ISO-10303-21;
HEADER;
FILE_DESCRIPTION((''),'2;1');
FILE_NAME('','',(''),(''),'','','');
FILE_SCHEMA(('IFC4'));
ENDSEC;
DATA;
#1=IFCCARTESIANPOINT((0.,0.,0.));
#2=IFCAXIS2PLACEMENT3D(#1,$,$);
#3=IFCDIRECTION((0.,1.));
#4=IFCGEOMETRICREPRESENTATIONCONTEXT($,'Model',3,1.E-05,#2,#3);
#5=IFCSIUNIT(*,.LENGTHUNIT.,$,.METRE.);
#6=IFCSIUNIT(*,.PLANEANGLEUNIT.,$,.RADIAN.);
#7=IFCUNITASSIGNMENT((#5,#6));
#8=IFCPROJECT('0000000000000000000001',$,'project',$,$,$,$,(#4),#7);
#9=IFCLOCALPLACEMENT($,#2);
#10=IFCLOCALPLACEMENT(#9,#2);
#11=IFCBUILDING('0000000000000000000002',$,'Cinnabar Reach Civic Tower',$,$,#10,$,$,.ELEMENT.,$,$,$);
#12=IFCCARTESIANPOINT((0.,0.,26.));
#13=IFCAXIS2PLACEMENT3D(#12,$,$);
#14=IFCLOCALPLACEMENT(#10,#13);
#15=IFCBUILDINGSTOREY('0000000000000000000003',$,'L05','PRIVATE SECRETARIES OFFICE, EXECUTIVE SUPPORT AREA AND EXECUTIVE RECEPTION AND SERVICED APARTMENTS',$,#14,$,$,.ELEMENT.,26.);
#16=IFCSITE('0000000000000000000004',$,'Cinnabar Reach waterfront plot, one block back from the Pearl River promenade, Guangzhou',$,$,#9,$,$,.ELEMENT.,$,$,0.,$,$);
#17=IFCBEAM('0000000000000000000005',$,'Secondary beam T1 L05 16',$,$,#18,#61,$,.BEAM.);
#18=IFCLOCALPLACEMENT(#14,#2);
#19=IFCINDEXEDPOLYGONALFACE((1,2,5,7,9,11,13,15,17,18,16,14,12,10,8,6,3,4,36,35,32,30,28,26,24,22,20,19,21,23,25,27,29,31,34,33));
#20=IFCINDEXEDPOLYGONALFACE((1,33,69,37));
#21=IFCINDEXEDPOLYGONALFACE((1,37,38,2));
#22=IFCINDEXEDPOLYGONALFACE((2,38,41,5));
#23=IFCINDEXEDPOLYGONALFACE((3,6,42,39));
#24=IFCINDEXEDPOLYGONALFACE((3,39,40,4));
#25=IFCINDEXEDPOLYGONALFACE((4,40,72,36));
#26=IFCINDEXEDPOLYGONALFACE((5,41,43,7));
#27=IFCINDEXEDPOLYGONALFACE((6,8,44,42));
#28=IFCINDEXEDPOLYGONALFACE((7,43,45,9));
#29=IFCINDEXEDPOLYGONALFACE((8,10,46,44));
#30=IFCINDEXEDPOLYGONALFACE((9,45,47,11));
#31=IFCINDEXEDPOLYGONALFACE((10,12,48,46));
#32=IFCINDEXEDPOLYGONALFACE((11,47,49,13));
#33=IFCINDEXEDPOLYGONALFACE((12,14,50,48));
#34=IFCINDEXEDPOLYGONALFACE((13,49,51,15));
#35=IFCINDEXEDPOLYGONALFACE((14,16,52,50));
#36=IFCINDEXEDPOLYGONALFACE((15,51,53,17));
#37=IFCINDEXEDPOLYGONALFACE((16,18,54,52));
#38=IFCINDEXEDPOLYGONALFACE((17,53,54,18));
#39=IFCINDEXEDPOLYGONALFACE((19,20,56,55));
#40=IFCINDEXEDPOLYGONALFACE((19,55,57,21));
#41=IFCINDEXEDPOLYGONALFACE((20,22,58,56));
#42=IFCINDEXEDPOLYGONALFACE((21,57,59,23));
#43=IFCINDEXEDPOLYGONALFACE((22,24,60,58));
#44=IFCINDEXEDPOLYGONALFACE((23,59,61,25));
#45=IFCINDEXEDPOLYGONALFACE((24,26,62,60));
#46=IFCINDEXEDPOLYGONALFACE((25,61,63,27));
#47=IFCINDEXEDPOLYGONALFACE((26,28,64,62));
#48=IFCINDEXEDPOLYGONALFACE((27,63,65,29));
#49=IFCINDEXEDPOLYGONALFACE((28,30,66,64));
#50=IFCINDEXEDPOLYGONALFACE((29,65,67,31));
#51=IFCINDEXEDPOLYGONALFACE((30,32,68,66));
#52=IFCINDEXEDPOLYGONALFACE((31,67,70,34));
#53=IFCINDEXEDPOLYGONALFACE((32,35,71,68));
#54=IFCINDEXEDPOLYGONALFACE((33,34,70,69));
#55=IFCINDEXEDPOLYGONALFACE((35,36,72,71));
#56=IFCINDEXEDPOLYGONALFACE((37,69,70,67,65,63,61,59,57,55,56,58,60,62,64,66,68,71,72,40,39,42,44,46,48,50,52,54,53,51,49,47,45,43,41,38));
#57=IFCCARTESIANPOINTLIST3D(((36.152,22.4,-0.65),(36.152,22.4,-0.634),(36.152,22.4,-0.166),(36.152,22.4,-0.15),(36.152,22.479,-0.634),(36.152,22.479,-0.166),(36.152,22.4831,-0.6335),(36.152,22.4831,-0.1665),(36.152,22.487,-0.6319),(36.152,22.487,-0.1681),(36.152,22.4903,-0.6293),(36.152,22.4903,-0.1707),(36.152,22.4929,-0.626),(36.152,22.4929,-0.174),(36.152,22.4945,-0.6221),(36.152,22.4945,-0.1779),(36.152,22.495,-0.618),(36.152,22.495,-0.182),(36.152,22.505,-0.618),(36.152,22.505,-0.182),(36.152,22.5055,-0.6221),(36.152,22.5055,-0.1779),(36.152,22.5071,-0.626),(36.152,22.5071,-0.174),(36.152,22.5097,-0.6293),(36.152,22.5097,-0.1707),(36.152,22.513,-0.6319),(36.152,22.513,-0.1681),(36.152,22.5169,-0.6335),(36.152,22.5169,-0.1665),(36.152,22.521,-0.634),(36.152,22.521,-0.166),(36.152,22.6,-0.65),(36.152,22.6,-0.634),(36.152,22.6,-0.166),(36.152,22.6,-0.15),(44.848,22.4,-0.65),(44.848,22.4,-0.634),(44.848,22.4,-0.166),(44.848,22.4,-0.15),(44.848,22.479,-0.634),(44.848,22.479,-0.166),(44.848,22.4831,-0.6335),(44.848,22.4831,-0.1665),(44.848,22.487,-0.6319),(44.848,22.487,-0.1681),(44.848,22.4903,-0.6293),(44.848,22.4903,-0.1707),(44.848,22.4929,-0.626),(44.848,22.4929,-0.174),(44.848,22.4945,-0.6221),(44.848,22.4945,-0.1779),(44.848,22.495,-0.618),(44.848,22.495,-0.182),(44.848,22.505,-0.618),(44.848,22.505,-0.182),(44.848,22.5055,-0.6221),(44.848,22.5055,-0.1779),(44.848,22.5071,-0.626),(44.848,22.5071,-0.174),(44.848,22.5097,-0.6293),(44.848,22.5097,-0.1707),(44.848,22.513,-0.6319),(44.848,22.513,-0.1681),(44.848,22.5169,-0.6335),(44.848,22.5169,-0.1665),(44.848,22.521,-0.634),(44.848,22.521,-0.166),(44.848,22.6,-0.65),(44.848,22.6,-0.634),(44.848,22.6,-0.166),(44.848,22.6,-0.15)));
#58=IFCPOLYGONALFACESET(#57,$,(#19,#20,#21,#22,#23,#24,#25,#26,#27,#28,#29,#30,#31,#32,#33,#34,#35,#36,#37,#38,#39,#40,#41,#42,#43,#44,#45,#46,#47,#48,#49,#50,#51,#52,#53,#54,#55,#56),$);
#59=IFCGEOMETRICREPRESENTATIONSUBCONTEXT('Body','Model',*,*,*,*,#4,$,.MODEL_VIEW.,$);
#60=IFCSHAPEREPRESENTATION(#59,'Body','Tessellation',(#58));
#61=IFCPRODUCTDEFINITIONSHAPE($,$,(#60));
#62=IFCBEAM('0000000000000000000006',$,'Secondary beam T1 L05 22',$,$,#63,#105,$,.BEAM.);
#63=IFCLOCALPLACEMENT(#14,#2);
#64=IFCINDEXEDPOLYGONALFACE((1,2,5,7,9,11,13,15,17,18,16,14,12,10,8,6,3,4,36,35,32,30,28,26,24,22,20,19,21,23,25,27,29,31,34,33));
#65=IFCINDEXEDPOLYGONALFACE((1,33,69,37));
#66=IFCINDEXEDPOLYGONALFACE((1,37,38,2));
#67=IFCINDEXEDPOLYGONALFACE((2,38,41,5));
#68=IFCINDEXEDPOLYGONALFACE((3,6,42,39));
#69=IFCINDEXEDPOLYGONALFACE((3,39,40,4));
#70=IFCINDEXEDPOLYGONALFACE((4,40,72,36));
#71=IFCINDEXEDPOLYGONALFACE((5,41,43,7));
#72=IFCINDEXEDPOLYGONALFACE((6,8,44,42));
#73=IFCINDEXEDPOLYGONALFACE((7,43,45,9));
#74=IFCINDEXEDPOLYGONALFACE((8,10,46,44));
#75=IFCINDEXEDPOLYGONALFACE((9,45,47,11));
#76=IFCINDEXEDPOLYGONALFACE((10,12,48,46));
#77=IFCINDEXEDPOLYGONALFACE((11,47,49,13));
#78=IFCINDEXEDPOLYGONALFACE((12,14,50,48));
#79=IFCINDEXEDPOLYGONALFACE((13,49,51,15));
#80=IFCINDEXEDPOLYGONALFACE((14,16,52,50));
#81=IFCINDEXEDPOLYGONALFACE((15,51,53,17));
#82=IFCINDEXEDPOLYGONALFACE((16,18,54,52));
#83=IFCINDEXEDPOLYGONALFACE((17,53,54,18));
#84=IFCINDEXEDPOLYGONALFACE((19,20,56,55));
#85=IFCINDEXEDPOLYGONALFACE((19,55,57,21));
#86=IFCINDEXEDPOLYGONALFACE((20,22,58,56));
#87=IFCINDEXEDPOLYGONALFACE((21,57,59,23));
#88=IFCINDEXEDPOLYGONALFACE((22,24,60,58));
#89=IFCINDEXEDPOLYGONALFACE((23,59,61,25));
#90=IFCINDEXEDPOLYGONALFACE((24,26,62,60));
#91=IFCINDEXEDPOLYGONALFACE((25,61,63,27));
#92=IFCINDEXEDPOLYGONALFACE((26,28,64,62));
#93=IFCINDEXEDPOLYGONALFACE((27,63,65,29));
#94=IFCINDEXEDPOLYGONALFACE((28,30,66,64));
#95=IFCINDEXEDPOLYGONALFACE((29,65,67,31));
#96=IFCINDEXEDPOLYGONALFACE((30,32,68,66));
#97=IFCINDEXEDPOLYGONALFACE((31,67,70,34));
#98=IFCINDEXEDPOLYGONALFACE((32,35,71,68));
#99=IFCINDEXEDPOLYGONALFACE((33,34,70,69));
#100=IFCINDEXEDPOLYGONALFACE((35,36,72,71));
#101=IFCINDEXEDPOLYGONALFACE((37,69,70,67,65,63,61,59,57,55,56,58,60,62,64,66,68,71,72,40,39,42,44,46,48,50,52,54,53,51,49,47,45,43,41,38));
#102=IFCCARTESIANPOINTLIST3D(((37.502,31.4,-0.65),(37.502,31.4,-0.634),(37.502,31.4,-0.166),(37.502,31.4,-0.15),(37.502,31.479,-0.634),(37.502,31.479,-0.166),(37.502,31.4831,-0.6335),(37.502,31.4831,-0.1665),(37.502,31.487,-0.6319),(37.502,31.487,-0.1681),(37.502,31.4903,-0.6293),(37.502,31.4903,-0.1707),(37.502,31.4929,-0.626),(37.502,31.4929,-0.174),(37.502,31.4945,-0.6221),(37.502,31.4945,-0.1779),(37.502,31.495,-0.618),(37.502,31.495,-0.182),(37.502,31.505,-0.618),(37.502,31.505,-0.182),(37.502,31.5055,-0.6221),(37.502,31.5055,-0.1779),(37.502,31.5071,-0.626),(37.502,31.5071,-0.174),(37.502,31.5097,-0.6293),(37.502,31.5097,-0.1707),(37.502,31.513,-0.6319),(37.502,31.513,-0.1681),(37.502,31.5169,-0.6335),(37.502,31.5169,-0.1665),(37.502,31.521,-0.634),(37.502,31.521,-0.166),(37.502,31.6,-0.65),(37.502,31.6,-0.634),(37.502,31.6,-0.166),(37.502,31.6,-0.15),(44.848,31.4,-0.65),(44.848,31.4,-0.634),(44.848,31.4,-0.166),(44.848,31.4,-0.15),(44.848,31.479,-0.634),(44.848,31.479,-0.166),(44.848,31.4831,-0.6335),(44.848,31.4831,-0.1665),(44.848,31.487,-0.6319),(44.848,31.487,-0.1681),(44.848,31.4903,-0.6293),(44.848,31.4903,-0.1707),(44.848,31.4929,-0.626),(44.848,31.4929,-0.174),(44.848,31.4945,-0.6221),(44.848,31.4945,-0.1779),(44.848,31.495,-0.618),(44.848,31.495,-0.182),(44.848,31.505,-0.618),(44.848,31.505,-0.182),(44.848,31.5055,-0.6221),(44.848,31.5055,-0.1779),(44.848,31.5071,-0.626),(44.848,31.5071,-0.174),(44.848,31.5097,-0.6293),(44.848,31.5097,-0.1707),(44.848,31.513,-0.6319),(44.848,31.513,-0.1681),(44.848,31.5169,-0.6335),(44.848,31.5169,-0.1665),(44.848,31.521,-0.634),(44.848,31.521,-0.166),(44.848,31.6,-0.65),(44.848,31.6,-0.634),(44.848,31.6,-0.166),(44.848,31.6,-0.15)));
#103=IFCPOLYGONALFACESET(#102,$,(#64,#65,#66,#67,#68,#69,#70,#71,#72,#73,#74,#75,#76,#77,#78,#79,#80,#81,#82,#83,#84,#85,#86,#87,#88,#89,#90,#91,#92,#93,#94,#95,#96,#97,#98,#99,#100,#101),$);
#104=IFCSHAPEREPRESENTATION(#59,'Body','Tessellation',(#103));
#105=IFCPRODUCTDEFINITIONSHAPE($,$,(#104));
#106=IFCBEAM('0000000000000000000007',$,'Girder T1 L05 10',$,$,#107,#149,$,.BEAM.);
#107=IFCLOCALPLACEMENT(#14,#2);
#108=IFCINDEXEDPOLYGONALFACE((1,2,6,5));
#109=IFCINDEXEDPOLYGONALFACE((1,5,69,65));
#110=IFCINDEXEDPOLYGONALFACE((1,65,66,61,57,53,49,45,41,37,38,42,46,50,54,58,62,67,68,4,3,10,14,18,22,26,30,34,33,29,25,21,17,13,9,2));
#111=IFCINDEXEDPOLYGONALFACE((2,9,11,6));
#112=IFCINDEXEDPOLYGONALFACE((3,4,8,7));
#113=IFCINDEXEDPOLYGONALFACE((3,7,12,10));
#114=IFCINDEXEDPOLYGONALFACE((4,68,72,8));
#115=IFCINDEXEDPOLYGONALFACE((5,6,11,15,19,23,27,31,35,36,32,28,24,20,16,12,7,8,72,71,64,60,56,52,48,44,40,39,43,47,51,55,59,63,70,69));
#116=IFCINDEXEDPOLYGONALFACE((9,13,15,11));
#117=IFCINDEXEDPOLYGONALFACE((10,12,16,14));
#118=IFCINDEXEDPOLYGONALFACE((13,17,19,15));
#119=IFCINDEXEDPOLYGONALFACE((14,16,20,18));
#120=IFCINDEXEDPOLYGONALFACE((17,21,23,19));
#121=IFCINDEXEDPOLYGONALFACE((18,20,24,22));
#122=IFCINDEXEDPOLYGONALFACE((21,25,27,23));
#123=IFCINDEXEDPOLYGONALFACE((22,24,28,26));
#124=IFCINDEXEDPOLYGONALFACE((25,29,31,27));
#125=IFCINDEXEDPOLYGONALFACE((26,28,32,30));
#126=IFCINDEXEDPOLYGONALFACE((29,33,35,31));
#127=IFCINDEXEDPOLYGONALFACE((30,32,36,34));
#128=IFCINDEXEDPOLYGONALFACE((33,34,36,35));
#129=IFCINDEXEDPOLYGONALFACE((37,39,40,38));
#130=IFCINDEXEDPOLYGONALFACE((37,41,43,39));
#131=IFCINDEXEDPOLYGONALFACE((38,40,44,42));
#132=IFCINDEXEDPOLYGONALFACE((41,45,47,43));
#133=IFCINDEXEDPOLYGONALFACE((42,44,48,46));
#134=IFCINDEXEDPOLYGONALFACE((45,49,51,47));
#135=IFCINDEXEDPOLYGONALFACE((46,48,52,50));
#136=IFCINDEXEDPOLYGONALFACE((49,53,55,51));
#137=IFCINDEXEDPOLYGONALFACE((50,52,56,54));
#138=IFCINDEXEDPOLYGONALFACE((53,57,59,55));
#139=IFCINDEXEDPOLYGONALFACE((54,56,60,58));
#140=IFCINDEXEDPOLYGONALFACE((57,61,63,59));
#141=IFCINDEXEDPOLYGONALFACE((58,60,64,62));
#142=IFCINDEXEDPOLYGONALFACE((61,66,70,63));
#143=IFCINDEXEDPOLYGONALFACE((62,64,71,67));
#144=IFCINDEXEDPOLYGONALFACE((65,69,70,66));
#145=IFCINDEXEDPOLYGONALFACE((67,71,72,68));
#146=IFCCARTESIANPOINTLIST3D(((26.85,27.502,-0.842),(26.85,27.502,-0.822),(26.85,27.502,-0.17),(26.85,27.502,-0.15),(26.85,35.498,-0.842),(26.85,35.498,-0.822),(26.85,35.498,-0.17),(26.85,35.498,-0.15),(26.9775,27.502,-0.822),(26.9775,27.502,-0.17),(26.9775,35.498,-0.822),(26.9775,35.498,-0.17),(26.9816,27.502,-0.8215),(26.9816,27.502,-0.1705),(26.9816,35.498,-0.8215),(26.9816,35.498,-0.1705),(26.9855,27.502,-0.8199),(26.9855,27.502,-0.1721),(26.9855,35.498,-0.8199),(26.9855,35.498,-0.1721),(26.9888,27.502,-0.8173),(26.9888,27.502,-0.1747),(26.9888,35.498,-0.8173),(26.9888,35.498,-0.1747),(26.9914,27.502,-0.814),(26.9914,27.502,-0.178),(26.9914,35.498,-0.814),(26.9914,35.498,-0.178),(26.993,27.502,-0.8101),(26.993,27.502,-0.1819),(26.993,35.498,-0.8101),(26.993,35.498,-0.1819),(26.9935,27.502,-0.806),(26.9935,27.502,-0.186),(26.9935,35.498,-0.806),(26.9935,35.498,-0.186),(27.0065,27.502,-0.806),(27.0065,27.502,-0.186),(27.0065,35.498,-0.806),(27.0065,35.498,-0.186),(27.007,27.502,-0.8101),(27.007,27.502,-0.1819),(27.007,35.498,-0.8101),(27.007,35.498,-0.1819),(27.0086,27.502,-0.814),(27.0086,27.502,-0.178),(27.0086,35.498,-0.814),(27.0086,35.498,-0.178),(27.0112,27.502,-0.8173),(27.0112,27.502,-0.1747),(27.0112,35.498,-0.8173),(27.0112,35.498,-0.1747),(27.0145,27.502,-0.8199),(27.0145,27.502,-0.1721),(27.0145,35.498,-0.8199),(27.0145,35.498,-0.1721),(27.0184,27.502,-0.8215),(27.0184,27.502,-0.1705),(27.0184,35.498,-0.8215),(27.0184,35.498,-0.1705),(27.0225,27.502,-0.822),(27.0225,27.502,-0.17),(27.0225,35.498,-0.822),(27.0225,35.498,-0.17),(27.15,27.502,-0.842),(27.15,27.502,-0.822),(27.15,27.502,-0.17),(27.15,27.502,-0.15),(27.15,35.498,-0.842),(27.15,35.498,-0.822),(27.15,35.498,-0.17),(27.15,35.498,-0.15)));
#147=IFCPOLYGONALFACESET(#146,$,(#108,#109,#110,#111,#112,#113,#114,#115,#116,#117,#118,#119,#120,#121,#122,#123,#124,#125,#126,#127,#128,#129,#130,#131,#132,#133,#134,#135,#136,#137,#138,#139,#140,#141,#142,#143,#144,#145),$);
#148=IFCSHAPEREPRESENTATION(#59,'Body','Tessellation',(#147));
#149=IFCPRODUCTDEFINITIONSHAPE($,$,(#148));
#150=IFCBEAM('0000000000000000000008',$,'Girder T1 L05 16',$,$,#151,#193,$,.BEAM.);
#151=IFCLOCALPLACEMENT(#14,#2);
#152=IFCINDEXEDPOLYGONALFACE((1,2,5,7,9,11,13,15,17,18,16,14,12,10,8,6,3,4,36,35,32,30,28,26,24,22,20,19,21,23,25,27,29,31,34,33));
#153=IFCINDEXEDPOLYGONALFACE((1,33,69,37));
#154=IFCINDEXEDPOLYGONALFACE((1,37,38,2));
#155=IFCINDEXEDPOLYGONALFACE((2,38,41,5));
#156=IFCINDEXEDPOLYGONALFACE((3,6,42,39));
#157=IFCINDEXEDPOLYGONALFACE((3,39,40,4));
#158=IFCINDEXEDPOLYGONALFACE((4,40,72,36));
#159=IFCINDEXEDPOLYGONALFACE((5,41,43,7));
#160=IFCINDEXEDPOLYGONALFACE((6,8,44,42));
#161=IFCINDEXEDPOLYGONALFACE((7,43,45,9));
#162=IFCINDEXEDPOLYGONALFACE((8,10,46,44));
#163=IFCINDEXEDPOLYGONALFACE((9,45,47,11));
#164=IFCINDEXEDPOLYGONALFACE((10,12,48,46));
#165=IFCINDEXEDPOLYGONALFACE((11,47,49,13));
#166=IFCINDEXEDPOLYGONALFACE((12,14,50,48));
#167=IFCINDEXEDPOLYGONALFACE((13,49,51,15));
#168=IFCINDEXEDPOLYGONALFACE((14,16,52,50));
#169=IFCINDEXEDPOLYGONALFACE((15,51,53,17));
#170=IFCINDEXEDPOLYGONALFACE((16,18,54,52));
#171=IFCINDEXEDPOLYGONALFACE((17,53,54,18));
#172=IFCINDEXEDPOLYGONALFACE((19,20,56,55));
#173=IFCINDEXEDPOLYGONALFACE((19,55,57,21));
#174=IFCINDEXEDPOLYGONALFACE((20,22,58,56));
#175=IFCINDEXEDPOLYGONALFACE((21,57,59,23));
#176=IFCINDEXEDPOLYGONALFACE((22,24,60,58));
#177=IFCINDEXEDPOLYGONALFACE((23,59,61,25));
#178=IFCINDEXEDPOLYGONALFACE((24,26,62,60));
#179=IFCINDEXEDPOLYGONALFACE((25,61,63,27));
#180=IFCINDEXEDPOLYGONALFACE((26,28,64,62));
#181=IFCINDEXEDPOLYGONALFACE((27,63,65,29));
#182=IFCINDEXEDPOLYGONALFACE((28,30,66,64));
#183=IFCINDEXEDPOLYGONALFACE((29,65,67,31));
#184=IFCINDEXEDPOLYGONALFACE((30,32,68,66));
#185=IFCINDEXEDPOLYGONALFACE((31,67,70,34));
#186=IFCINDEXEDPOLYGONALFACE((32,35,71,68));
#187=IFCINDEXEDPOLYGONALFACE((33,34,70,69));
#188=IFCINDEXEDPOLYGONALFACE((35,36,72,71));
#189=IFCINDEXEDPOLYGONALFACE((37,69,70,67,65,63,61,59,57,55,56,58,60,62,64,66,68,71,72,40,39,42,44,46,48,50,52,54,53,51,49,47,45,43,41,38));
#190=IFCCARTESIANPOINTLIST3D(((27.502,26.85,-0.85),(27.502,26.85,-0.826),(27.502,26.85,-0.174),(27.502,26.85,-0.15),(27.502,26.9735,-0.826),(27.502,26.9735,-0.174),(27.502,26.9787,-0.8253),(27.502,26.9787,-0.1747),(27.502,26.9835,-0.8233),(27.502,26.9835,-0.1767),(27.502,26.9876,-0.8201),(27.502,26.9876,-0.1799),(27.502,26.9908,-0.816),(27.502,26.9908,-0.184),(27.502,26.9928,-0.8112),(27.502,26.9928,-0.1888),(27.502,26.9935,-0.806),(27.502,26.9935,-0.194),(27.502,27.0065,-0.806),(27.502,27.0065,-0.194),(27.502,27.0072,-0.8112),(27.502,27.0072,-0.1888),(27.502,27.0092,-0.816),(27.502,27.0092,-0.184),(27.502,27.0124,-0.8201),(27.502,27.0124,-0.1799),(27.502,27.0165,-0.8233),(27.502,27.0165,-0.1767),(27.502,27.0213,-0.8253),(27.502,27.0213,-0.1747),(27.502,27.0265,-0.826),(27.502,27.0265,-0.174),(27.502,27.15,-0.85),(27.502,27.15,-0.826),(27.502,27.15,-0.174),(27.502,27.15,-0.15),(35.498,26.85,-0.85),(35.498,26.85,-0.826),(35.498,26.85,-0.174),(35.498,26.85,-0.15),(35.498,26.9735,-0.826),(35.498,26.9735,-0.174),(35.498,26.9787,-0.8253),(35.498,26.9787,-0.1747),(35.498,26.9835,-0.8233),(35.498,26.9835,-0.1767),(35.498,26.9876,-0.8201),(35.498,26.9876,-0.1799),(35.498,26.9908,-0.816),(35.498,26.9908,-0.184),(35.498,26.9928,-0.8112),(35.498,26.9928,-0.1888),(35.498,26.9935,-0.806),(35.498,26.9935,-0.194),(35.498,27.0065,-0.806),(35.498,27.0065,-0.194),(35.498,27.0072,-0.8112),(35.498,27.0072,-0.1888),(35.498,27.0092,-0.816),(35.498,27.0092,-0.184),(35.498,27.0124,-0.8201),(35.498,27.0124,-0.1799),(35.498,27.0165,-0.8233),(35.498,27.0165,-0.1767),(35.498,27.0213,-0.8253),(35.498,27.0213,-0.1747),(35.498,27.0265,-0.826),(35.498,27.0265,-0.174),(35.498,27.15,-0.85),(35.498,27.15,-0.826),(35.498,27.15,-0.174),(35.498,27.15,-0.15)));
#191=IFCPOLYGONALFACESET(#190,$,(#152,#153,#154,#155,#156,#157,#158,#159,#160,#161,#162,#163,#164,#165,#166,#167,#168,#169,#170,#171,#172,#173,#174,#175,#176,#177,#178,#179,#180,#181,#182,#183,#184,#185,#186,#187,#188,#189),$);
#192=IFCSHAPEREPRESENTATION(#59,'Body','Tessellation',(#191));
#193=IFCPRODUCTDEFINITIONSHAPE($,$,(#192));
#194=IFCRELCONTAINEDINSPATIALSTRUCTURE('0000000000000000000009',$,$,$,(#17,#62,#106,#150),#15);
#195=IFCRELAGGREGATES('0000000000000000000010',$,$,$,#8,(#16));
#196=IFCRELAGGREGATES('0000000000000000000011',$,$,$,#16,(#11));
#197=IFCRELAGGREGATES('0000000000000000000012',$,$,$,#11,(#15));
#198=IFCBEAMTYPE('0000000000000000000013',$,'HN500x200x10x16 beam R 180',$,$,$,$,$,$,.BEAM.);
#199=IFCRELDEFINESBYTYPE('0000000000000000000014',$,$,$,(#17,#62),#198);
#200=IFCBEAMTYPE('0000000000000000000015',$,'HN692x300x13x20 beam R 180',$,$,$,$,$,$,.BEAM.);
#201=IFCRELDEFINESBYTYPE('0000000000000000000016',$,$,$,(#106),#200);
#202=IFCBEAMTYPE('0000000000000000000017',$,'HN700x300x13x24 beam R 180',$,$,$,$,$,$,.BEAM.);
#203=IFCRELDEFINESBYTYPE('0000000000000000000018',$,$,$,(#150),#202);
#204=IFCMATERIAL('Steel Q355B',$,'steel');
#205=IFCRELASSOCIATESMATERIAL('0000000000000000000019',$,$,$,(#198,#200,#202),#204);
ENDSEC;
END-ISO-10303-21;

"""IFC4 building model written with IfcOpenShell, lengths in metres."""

from ifc_helpers import new_model, si_unit, direction, frame, origin, origin_2d, place, context, subcontext, project, spatial, i_section, extrude, material, material_profile, profile_set, type_object, element, save


model = new_model("IFC4")

# Units and contexts
model_context = context("Model", 3, precision=1e-05, world=origin(), true_north=direction((0.0, 1.0)))
body_context = subcontext(model_context, "Body", "Model", "MODEL_VIEW")
ifc_project = project(units=[si_unit("LENGTHUNIT", "METRE"), si_unit("PLANEANGLEUNIT", "RADIAN")], contexts=[model_context])

# Site, building, storey
site_placement = place(None, origin())
site = spatial("IfcSite", under=ifc_project, at=site_placement, Name="Cinnabar Reach waterfront plot, one block back from the Pearl River promenade, Guangzhou", CompositionType="ELEMENT", RefElevation=0.0)
building_placement = place(site_placement, origin())
building = spatial("IfcBuilding", under=site, at=building_placement, Name="Cinnabar Reach Civic Tower", CompositionType="ELEMENT")
storey_placement = place(building_placement, frame((0.0, 0.0, 26.0)))
storey = spatial("IfcBuildingStorey", under=building, at=storey_placement, Name="L05", Description="PRIVATE SECRETARIES OFFICE, EXECUTIVE SUPPORT AREA AND EXECUTIVE RECEPTION AND SERVICED APARTMENTS", CompositionType="ELEMENT", Elevation=26.0)

# Beams
ifc_material_1 = material(Name="Steel Q355B", Category="steel")
ifc_material_profile_1 = material_profile(ifc_material_1, i_section(OverallWidth=0.2, OverallDepth=0.5, WebThickness=0.01, FlangeThickness=0.016, FilletRadius=0.016, at=origin_2d()), Name="HN500x200x10x16")
ifc_profile_set_1 = profile_set([ifc_material_profile_1], Name="Steel Q355B")
beam_type_1 = type_object("IfcBeamType", Name="HN500x200x10x16 beam R 180", PredefinedType="BEAM", material=ifc_profile_set_1)
for number, where, z_axis, x_axis, name in (
    (1, (36.152, 22.5, -0.4), (1.0, 0.0, 0.0), (0.0, 1.0, 0.0), "Secondary beam T1 L05 16"),
):
    element("IfcBeam", number, at=place(storey_placement, frame(where, z_axis=z_axis, x_axis=x_axis)), inside=storey, type_object=beam_type_1, Name=name, PredefinedType="BEAM", context=body_context, shape_type="SweptSolid", body=[
        extrude(i_section(OverallWidth=0.2, OverallDepth=0.5, WebThickness=0.01, FlangeThickness=0.016, FilletRadius=0.016, at=origin_2d()), origin(), (0.0, 0.0, 1.0), 8.696),
    ])
beam_1_placement = place(storey_placement, frame((37.502, 31.5, -0.4), z_axis=(1.0, 0.0, 0.0), x_axis=(0.0, 1.0, 0.0)))
element("IfcBeam", 2, at=beam_1_placement, inside=storey, type_object=beam_type_1, Name="Secondary beam T1 L05 22", PredefinedType="BEAM", context=body_context, shape_type="SweptSolid", body=[
    extrude(i_section(OverallWidth=0.2, OverallDepth=0.5, WebThickness=0.01, FlangeThickness=0.016, FilletRadius=0.016, at=origin_2d()), origin(), (0.0, 0.0, 1.0), 7.346),
])
ifc_material_profile_2 = material_profile(ifc_material_1, i_section(OverallWidth=0.3, OverallDepth=0.692, WebThickness=0.013, FlangeThickness=0.02, FilletRadius=0.016, at=origin_2d()), Name="HN692x300x13x20")
ifc_profile_set_2 = profile_set([ifc_material_profile_2], Name="Steel Q355B")
beam_type_2 = type_object("IfcBeamType", Name="HN692x300x13x20 beam R 180", PredefinedType="BEAM", material=ifc_profile_set_2)
beam_2_placement = place(storey_placement, frame((27.0, 27.502, -0.496), z_axis=(0.0, 1.0, 0.0), x_axis=(-1.0, 0.0, 0.0)))
element("IfcBeam", 3, at=beam_2_placement, inside=storey, type_object=beam_type_2, Name="Girder T1 L05 10", PredefinedType="BEAM", context=body_context, shape_type="SweptSolid", body=[
    extrude(i_section(OverallWidth=0.3, OverallDepth=0.692, WebThickness=0.013, FlangeThickness=0.02, FilletRadius=0.016, at=origin_2d()), origin(), (0.0, 0.0, 1.0), 7.996),
])
ifc_material_profile_3 = material_profile(ifc_material_1, i_section(OverallWidth=0.3, OverallDepth=0.7, WebThickness=0.013, FlangeThickness=0.024, FilletRadius=0.02, at=origin_2d()), Name="HN700x300x13x24")
ifc_profile_set_3 = profile_set([ifc_material_profile_3], Name="Steel Q355B")
beam_type_3 = type_object("IfcBeamType", Name="HN700x300x13x24 beam R 180", PredefinedType="BEAM", material=ifc_profile_set_3)
for number, where, z_axis, x_axis, name in (
    (4, (27.502, 27.0, -0.5), (1.0, 0.0, 0.0), (0.0, 1.0, 0.0), "Girder T1 L05 16"),
):
    element("IfcBeam", number, at=place(storey_placement, frame(where, z_axis=z_axis, x_axis=x_axis)), inside=storey, type_object=beam_type_3, Name=name, PredefinedType="BEAM", context=body_context, shape_type="SweptSolid", body=[
        extrude(i_section(OverallWidth=0.3, OverallDepth=0.7, WebThickness=0.013, FlangeThickness=0.024, FilletRadius=0.02, at=origin_2d()), origin(), (0.0, 0.0, 1.0), 7.996),
    ])

save(model, "model.ifc")
